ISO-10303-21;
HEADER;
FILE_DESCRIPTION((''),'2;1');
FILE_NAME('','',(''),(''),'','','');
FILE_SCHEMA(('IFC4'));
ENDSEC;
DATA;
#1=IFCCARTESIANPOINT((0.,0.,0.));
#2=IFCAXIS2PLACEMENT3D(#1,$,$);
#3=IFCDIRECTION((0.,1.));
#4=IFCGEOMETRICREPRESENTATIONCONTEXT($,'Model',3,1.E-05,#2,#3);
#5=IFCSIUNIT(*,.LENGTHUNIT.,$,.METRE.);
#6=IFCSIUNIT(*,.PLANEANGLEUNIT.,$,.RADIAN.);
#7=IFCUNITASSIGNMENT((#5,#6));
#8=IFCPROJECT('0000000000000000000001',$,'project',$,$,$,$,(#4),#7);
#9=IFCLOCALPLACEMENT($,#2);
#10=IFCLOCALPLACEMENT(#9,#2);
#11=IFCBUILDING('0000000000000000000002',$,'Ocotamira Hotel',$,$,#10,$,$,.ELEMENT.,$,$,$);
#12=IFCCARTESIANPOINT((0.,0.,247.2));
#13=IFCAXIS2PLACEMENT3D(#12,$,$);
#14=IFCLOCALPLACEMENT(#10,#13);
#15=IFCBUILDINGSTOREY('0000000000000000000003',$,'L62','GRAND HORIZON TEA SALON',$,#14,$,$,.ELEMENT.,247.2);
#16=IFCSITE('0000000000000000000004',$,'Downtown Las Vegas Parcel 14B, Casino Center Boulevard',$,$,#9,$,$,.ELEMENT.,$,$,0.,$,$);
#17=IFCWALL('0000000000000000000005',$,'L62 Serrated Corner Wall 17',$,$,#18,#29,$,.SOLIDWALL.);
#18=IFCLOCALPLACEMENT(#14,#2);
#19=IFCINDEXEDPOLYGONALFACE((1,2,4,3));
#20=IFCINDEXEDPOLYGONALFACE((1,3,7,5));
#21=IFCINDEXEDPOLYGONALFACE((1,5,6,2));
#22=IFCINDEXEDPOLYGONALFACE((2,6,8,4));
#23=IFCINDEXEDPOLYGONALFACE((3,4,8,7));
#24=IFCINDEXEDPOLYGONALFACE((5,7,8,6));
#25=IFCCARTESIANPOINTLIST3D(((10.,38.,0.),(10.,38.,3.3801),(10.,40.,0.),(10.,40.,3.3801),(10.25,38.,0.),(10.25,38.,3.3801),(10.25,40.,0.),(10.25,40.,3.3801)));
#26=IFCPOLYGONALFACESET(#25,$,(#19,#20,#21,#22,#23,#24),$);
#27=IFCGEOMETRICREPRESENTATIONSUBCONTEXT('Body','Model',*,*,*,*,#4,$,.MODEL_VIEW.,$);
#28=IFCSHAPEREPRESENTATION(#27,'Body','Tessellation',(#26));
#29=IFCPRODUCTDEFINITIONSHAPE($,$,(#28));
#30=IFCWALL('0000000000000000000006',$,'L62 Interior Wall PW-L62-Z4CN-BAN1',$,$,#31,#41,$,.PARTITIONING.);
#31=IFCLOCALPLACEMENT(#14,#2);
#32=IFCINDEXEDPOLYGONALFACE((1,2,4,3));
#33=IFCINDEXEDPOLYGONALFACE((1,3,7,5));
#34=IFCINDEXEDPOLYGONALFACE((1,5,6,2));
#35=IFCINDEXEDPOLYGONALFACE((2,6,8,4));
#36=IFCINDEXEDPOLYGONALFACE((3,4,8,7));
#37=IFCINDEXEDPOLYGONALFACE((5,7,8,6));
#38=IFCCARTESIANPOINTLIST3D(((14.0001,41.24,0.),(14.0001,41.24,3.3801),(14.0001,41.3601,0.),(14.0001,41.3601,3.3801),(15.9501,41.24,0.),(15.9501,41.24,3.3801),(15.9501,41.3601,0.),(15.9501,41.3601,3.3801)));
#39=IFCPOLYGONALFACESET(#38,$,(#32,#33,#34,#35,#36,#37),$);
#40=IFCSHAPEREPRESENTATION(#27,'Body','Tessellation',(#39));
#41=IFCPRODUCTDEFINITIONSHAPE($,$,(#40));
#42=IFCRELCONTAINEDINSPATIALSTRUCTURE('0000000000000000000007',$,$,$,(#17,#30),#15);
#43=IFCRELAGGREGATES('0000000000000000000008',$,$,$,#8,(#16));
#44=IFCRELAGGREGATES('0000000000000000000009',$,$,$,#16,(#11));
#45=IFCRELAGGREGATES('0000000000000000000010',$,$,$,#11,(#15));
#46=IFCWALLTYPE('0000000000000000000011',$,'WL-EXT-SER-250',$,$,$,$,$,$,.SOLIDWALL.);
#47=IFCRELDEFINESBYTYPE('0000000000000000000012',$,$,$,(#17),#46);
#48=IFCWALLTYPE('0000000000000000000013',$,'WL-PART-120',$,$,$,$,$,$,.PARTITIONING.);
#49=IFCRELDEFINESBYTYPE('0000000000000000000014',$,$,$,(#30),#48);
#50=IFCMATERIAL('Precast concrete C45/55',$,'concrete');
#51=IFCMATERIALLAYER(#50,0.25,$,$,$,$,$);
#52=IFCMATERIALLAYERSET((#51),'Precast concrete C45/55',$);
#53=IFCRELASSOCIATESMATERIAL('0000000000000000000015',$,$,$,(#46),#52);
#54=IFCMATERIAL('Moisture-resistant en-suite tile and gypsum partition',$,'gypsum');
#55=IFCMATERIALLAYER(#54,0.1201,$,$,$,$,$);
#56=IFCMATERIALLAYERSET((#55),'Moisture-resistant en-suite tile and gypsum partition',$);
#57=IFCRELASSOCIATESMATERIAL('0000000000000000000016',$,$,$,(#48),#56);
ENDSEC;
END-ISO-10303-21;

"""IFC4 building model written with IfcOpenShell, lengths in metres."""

from ifc_helpers import new_model, si_unit, direction, frame, frame_2d, origin, place, context, subcontext, project, spatial, rectangle, extrude, material, layer, layer_set, type_object, element, save


model = new_model("IFC4")

# Units and contexts
model_context = context("Model", 3, precision=1e-05, world=origin(), true_north=direction((0.0, 1.0)))
body_context = subcontext(model_context, "Body", "Model", "MODEL_VIEW")
ifc_project = project(units=[si_unit("LENGTHUNIT", "METRE"), si_unit("PLANEANGLEUNIT", "RADIAN")], contexts=[model_context])

# Site, building, storey
site_placement = place(None, origin())
site = spatial("IfcSite", under=ifc_project, at=site_placement, Name="Downtown Las Vegas Parcel 14B, Casino Center Boulevard", CompositionType="ELEMENT", RefElevation=0.0)
building_placement = place(site_placement, origin())
building = spatial("IfcBuilding", under=site, at=building_placement, Name="Ocotamira Hotel", CompositionType="ELEMENT")
storey_placement = place(building_placement, frame((0.0, 0.0, 247.2)))
storey = spatial("IfcBuildingStorey", under=building, at=storey_placement, Name="L62", Description="GRAND HORIZON TEA SALON", CompositionType="ELEMENT", Elevation=247.2)

# Shared definitions
ifc_material_1 = material(Name="Precast concrete C45/55", Category="concrete")
ifc_layer_1 = layer(ifc_material_1, 0.25)
ifc_layer_set_1 = layer_set([ifc_layer_1], Name="Precast concrete C45/55")
wall_type_1 = type_object("IfcWallType", Name="WL-EXT-SER-250", PredefinedType="SOLIDWALL", material=ifc_layer_set_1)

# Walls
wall_1_placement = place(storey_placement, frame((10.125, 40.0, 0.0), z_axis=(0.0, 0.0, 1.0), x_axis=(0.0, -1.0, 0.0)))
element("IfcWall", 1, at=wall_1_placement, inside=storey, type_object=wall_type_1, Name="L62 Serrated Corner Wall 17", PredefinedType="SOLIDWALL", context=body_context, shape_type="SweptSolid", body=[
    extrude(rectangle(XDim=2.0, YDim=0.25, at=frame_2d((1.0, 0.0))), origin(), (0.0, 0.0, 1.0), 3.3801),
])
ifc_material_2 = material(Name="Moisture-resistant en-suite tile and gypsum partition", Category="gypsum")
ifc_layer_2 = layer(ifc_material_2, 0.1201)
ifc_layer_set_2 = layer_set([ifc_layer_2], Name="Moisture-resistant en-suite tile and gypsum partition")
wall_type_2 = type_object("IfcWallType", Name="WL-PART-120", PredefinedType="PARTITIONING", material=ifc_layer_set_2)
wall_2_placement = place(storey_placement, frame((14.0, 41.3, 0.0), z_axis=(0.0, 0.0, 1.0), x_axis=(1.0, 0.0, 0.0)))
element("IfcWall", 2, at=wall_2_placement, inside=storey, type_object=wall_type_2, Name="L62 Interior Wall PW-L62-Z4CN-BAN1", PredefinedType="PARTITIONING", context=body_context, shape_type="SweptSolid", body=[
    extrude(rectangle(XDim=1.95, YDim=0.1201, at=frame_2d((0.9751, 0.0))), origin(), (0.0, 0.0, 1.0), 3.3801),
])

save(model, "model.ifc")
